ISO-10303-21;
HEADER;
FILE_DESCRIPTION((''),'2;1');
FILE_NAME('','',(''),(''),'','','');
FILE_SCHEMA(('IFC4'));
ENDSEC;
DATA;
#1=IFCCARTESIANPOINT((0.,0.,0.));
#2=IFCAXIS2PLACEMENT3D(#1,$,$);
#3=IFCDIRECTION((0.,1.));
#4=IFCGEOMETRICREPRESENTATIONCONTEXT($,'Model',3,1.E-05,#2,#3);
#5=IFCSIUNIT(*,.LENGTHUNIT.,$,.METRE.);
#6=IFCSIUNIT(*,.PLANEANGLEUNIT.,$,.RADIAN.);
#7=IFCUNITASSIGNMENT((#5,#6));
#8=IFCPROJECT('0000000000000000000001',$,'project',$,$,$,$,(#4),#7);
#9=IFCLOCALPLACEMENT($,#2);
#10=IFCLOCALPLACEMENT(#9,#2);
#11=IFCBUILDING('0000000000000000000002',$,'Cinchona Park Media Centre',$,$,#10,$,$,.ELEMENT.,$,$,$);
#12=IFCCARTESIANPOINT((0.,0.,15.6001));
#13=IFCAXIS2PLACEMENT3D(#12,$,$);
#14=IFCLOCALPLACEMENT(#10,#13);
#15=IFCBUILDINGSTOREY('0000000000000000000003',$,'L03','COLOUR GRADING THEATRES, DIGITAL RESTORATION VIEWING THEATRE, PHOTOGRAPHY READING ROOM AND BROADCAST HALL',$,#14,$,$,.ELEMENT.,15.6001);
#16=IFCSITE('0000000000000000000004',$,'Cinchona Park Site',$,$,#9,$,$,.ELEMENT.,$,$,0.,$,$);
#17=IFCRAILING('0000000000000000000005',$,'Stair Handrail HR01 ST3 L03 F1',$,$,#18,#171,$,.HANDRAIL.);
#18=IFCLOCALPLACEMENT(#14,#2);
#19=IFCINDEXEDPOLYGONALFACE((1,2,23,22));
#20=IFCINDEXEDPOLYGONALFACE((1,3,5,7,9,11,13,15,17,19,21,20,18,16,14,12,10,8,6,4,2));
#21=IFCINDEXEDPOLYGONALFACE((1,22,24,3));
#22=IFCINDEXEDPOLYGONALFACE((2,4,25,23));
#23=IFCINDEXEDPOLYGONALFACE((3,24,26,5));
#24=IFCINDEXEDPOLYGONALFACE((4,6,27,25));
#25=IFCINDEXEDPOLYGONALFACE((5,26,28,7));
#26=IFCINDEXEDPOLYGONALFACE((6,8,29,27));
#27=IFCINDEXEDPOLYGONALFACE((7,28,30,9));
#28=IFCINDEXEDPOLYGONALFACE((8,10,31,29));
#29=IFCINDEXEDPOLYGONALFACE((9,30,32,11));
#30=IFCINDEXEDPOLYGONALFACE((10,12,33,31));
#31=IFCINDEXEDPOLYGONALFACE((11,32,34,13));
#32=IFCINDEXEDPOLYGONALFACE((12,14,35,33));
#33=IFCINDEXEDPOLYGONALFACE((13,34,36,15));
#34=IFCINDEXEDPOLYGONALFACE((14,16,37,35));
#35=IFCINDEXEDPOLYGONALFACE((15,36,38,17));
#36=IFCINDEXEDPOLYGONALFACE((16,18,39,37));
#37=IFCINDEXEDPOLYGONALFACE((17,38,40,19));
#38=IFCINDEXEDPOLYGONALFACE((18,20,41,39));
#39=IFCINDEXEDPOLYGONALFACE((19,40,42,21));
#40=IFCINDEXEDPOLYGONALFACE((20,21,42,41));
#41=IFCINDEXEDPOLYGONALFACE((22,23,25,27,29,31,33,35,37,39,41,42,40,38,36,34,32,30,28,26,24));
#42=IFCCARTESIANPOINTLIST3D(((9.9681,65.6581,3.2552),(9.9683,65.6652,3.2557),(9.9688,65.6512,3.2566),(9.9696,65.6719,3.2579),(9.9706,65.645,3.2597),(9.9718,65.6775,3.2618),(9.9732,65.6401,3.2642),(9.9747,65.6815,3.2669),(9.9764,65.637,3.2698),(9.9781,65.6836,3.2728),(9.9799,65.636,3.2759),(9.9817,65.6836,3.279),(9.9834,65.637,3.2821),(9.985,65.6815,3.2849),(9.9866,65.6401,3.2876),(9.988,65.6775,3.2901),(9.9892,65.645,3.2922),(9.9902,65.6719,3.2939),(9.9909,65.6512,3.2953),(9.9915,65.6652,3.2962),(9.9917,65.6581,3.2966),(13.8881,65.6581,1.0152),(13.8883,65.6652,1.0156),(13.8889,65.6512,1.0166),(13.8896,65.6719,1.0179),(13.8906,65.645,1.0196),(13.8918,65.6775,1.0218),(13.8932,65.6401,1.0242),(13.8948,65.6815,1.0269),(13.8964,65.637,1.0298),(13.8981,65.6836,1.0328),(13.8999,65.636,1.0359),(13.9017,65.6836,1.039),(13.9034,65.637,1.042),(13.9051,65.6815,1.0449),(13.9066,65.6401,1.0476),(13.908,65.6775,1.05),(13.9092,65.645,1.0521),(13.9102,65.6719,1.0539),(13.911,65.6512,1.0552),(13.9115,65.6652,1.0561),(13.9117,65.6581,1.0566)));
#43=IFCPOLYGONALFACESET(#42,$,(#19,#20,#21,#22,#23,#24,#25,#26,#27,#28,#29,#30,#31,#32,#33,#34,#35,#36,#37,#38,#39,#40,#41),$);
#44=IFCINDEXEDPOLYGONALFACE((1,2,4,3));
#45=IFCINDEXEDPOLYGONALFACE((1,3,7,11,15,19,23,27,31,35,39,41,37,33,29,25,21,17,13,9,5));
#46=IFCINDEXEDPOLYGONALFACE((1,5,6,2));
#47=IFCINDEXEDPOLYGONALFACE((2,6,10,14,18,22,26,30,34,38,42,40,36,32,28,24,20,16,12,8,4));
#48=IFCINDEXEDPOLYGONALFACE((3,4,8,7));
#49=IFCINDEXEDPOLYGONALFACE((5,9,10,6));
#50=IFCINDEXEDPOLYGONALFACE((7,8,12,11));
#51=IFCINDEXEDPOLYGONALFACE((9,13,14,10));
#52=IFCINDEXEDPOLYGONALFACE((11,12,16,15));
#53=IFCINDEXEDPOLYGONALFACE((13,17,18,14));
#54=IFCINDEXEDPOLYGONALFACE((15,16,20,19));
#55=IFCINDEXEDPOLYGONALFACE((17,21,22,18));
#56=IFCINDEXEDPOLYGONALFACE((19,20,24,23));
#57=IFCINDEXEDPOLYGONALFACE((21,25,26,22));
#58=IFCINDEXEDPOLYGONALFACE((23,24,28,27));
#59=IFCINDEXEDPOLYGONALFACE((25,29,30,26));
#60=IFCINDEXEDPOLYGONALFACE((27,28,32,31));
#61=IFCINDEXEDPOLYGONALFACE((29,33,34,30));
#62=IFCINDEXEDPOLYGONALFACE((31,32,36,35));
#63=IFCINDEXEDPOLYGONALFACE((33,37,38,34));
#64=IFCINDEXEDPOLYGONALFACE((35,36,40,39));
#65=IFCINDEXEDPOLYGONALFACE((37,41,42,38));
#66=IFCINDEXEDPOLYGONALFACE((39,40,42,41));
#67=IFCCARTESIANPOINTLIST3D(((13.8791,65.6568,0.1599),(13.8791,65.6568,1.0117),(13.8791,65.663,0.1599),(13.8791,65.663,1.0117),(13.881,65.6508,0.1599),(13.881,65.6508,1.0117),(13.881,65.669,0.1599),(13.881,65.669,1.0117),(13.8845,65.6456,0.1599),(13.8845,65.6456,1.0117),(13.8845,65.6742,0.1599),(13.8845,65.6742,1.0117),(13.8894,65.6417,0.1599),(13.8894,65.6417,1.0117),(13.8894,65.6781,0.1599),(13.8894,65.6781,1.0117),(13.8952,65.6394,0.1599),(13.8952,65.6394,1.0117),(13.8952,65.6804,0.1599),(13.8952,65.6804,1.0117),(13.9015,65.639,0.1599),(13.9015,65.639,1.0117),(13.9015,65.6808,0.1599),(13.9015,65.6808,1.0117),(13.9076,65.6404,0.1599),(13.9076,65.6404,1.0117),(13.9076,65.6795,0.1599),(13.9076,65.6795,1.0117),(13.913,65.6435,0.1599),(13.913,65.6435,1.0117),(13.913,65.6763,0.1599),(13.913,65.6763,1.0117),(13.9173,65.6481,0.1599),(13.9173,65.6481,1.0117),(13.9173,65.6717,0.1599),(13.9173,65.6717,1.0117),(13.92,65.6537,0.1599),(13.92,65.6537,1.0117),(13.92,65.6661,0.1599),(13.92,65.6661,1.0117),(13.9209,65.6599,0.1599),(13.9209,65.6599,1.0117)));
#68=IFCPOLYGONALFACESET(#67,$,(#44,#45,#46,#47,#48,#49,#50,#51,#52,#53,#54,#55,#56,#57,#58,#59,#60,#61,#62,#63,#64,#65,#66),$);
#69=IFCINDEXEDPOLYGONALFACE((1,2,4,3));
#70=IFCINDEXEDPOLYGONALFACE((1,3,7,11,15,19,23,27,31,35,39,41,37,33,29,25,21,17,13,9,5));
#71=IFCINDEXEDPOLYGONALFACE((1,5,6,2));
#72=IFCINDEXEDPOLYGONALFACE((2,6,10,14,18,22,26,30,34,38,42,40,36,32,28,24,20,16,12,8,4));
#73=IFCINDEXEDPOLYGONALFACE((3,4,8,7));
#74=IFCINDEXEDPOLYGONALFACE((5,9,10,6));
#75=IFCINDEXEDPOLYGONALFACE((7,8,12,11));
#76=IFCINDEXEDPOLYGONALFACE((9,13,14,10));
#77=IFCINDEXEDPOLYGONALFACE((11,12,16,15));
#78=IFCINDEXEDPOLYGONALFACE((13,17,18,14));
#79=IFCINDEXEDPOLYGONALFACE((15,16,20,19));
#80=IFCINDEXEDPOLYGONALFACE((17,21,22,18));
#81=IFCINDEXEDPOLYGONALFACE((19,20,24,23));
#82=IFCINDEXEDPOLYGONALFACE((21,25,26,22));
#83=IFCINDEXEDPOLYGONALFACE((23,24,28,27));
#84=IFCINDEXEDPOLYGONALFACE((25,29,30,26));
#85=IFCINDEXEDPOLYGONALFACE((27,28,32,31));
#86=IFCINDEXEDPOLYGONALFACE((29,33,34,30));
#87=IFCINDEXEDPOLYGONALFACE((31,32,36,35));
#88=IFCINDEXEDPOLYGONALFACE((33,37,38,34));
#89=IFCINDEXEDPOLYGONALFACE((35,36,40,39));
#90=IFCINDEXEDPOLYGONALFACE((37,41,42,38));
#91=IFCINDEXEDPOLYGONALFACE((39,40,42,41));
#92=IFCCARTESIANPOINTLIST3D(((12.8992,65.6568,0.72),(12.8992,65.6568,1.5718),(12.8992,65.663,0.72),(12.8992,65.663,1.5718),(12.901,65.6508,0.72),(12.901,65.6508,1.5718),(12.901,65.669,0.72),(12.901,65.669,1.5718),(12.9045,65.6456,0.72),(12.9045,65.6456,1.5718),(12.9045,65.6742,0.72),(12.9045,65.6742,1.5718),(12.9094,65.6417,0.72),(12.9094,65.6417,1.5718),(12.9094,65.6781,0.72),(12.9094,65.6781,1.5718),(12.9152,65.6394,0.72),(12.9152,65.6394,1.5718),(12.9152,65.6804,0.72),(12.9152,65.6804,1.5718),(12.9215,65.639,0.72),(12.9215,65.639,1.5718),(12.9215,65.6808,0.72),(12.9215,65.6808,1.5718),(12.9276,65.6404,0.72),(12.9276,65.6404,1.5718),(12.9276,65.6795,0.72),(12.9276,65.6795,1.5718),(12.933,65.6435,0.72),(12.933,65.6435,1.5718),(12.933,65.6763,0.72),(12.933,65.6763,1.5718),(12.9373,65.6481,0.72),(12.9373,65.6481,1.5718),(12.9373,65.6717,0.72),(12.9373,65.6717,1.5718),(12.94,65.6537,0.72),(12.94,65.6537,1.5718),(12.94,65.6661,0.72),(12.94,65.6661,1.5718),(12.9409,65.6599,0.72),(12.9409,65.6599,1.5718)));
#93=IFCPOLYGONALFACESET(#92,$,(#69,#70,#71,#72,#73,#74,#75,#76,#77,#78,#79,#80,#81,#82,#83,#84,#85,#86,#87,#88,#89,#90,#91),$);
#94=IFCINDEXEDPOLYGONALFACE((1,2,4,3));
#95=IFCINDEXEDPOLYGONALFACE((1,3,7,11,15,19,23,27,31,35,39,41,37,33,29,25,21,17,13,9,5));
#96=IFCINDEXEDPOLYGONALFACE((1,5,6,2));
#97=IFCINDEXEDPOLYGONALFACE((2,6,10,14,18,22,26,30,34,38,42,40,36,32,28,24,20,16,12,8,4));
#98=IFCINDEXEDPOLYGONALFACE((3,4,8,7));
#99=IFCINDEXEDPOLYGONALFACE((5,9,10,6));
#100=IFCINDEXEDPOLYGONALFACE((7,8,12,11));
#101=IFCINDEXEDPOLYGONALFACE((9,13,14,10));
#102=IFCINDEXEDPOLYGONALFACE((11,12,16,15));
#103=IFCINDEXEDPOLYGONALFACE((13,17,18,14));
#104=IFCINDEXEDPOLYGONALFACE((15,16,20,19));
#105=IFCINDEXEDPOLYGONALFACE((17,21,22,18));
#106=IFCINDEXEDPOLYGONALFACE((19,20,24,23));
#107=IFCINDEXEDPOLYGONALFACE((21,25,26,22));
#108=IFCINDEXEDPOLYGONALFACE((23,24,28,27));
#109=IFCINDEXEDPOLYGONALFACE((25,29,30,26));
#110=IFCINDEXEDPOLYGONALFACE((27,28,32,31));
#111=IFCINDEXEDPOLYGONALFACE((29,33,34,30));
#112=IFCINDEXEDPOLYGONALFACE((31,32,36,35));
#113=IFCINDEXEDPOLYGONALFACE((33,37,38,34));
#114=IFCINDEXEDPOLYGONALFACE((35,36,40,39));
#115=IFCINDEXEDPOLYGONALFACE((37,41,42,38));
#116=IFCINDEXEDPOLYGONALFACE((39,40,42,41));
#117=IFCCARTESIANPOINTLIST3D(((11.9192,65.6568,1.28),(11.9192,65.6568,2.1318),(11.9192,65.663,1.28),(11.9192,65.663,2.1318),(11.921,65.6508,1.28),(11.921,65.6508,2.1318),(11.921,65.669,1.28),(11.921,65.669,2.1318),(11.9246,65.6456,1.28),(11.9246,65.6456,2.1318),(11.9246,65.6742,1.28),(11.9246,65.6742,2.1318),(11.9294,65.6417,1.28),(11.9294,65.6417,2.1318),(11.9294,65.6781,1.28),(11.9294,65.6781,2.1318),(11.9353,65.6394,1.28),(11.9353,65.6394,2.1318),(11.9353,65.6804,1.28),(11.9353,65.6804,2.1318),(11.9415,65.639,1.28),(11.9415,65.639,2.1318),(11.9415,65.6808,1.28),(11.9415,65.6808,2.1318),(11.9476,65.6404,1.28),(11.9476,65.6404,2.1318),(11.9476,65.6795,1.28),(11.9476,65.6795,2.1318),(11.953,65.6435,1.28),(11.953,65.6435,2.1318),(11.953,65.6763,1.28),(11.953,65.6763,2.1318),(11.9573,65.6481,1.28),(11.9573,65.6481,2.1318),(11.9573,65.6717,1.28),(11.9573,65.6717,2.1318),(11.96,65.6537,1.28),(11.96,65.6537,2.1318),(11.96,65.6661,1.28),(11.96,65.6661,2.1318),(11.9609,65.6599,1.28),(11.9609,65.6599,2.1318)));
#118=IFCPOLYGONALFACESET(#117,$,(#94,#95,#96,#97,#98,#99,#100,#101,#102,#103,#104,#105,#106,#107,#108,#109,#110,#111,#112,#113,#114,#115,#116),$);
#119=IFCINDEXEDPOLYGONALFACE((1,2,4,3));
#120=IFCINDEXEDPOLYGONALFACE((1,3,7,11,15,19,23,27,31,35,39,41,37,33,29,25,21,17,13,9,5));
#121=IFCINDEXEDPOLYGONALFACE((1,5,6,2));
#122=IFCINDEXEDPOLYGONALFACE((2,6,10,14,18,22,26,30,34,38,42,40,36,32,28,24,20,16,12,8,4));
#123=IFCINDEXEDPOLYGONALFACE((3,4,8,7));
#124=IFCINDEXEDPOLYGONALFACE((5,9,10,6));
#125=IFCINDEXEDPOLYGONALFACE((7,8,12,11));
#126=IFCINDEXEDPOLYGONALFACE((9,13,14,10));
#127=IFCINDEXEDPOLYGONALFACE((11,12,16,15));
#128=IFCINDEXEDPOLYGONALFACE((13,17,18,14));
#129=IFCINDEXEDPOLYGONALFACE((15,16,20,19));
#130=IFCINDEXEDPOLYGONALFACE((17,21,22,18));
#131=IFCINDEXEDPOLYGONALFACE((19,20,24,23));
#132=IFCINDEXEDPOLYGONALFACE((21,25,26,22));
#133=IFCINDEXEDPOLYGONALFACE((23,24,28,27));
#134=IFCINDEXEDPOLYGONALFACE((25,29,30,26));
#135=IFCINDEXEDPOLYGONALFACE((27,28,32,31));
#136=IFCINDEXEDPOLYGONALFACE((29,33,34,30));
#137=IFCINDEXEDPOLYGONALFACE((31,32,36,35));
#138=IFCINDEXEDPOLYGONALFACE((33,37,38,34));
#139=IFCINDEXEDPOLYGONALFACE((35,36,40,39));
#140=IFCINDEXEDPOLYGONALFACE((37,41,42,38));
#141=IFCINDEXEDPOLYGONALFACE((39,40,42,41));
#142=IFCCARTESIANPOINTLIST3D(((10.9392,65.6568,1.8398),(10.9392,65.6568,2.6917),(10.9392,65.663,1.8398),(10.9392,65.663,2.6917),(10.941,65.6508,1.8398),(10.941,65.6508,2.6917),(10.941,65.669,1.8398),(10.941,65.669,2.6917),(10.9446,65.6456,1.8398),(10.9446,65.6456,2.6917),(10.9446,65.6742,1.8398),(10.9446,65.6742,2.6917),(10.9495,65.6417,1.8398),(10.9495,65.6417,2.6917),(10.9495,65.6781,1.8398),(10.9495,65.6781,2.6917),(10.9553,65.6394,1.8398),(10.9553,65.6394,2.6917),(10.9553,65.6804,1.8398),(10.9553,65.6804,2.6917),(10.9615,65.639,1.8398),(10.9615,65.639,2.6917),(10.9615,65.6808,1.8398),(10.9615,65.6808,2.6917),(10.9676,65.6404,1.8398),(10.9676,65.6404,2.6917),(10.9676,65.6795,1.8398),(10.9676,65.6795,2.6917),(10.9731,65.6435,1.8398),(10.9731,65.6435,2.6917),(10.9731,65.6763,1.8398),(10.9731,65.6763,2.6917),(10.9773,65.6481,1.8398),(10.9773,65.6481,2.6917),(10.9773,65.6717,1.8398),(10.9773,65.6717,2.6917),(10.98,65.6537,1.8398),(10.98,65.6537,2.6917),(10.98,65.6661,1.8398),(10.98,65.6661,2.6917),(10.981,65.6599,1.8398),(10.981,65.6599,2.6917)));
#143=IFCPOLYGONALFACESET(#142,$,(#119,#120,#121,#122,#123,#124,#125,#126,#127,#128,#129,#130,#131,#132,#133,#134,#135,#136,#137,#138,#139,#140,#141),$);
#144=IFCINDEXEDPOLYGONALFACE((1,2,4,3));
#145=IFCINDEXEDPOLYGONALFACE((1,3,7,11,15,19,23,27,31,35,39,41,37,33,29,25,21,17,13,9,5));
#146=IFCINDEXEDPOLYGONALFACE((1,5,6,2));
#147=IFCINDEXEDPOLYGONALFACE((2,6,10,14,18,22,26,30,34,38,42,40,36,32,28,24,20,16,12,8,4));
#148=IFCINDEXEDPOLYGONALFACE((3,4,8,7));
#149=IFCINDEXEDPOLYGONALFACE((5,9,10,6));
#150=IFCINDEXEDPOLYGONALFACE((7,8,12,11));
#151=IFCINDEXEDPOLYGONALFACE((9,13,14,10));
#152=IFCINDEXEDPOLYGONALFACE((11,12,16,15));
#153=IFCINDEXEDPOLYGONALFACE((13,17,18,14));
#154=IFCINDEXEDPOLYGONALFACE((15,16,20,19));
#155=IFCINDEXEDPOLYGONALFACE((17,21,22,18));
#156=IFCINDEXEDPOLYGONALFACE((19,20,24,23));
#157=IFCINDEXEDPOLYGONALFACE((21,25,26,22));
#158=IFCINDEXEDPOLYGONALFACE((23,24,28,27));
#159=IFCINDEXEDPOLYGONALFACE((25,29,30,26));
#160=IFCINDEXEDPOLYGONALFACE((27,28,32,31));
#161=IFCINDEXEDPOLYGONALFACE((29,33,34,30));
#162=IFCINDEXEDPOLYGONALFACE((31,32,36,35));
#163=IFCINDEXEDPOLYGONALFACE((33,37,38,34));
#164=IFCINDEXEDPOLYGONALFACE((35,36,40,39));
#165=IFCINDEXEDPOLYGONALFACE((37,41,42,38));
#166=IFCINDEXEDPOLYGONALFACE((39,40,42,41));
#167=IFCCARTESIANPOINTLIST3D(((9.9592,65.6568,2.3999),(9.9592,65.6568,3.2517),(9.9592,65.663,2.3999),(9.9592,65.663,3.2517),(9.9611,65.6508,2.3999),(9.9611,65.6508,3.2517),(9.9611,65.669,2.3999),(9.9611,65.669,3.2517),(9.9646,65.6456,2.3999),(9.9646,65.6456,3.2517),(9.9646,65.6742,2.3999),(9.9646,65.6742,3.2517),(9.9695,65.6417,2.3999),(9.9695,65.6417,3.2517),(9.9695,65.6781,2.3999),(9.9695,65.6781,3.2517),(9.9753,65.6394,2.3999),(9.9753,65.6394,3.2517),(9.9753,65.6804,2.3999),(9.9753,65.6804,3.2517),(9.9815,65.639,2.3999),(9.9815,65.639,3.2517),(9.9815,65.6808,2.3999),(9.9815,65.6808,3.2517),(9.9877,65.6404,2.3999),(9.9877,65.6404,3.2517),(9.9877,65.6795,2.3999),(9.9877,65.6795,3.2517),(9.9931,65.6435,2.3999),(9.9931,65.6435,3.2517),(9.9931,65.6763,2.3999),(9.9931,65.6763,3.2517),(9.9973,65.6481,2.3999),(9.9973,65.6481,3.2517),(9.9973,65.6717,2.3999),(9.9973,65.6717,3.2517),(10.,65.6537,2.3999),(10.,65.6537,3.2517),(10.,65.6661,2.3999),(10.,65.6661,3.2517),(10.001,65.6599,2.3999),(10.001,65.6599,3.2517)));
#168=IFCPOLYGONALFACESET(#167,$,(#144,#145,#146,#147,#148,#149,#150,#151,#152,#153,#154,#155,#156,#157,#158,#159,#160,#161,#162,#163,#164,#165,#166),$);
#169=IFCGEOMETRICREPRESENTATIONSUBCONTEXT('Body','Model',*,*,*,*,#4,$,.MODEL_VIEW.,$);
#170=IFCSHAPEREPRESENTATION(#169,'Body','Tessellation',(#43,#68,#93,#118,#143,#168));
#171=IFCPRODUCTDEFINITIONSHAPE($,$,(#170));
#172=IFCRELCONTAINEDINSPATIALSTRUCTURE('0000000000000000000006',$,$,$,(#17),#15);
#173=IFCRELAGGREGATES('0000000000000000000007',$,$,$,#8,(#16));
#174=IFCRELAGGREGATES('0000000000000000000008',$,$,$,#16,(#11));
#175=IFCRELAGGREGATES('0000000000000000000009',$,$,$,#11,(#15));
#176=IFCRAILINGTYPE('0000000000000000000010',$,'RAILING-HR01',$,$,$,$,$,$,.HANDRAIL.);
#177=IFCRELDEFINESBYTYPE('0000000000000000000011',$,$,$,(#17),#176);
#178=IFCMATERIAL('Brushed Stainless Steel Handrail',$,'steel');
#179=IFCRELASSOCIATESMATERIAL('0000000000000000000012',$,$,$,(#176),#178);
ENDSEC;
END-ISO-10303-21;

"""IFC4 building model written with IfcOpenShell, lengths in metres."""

from ifc_helpers import new_model, si_unit, direction, frame, origin, origin_2d, place, context, subcontext, project, spatial, circle, extrude, material, type_object, element, save


model = new_model("IFC4")

# Units and contexts
model_context = context("Model", 3, precision=1e-05, world=origin(), true_north=direction((0.0, 1.0)))
body_context = subcontext(model_context, "Body", "Model", "MODEL_VIEW")
ifc_project = project(units=[si_unit("LENGTHUNIT", "METRE"), si_unit("PLANEANGLEUNIT", "RADIAN")], contexts=[model_context])

# Site, building, storey
site_placement = place(None, origin())
site = spatial("IfcSite", under=ifc_project, at=site_placement, Name="Cinchona Park Site", CompositionType="ELEMENT", RefElevation=0.0)
building_placement = place(site_placement, origin())
building = spatial("IfcBuilding", under=site, at=building_placement, Name="Cinchona Park Media Centre", CompositionType="ELEMENT")
storey_placement = place(building_placement, frame((0.0, 0.0, 15.6001)))
storey = spatial("IfcBuildingStorey", under=building, at=storey_placement, Name="L03", Description="COLOUR GRADING THEATRES, DIGITAL RESTORATION VIEWING THEATRE, PHOTOGRAPHY READING ROOM AND BROADCAST HALL", CompositionType="ELEMENT", Elevation=15.6001)

# Railing
ifc_material_1 = material(Name="Brushed Stainless Steel Handrail", Category="steel")
railing_type_1 = type_object("IfcRailingType", Name="RAILING-HR01", PredefinedType="HANDRAIL", material=ifc_material_1)
railing_1_placement = place(storey_placement, frame((13.8999, 65.6599, 0.1599)))
element("IfcRailing", 1, at=railing_1_placement, inside=storey, type_object=railing_type_1, Name="Stair Handrail HR01 ST3 L03 F1", PredefinedType="HANDRAIL", context=body_context, shape_type="SweptSolid", body=[
    extrude(circle(Radius=0.0239, at=origin_2d()), frame((0.0, 0.0, 0.876), z_axis=(-0.86824, 0.0, 0.496145), x_axis=(0.0, -1.0, 0.0)), (0.0, 0.0, 1.0), 4.5149),
    extrude(circle(Radius=0.021, at=origin_2d()), origin(), (0.0, 0.0, 1.0), 0.8518),
    extrude(circle(Radius=0.021, at=origin_2d()), frame((-0.98, 0.0, 0.5601)), (0.0, 0.0, 1.0), 0.8518),
    extrude(circle(Radius=0.021, at=origin_2d()), frame((-1.96, 0.0, 1.1201)), (0.0, 0.0, 1.0), 0.8518),
    extrude(circle(Radius=0.021, at=origin_2d()), frame((-2.9399, 0.0, 1.6799)), (0.0, 0.0, 1.0), 0.8518),
    extrude(circle(Radius=0.021, at=origin_2d()), frame((-3.9199, 0.0, 2.24)), (0.0, 0.0, 1.0), 0.8518),
])

save(model, "model.ifc")
